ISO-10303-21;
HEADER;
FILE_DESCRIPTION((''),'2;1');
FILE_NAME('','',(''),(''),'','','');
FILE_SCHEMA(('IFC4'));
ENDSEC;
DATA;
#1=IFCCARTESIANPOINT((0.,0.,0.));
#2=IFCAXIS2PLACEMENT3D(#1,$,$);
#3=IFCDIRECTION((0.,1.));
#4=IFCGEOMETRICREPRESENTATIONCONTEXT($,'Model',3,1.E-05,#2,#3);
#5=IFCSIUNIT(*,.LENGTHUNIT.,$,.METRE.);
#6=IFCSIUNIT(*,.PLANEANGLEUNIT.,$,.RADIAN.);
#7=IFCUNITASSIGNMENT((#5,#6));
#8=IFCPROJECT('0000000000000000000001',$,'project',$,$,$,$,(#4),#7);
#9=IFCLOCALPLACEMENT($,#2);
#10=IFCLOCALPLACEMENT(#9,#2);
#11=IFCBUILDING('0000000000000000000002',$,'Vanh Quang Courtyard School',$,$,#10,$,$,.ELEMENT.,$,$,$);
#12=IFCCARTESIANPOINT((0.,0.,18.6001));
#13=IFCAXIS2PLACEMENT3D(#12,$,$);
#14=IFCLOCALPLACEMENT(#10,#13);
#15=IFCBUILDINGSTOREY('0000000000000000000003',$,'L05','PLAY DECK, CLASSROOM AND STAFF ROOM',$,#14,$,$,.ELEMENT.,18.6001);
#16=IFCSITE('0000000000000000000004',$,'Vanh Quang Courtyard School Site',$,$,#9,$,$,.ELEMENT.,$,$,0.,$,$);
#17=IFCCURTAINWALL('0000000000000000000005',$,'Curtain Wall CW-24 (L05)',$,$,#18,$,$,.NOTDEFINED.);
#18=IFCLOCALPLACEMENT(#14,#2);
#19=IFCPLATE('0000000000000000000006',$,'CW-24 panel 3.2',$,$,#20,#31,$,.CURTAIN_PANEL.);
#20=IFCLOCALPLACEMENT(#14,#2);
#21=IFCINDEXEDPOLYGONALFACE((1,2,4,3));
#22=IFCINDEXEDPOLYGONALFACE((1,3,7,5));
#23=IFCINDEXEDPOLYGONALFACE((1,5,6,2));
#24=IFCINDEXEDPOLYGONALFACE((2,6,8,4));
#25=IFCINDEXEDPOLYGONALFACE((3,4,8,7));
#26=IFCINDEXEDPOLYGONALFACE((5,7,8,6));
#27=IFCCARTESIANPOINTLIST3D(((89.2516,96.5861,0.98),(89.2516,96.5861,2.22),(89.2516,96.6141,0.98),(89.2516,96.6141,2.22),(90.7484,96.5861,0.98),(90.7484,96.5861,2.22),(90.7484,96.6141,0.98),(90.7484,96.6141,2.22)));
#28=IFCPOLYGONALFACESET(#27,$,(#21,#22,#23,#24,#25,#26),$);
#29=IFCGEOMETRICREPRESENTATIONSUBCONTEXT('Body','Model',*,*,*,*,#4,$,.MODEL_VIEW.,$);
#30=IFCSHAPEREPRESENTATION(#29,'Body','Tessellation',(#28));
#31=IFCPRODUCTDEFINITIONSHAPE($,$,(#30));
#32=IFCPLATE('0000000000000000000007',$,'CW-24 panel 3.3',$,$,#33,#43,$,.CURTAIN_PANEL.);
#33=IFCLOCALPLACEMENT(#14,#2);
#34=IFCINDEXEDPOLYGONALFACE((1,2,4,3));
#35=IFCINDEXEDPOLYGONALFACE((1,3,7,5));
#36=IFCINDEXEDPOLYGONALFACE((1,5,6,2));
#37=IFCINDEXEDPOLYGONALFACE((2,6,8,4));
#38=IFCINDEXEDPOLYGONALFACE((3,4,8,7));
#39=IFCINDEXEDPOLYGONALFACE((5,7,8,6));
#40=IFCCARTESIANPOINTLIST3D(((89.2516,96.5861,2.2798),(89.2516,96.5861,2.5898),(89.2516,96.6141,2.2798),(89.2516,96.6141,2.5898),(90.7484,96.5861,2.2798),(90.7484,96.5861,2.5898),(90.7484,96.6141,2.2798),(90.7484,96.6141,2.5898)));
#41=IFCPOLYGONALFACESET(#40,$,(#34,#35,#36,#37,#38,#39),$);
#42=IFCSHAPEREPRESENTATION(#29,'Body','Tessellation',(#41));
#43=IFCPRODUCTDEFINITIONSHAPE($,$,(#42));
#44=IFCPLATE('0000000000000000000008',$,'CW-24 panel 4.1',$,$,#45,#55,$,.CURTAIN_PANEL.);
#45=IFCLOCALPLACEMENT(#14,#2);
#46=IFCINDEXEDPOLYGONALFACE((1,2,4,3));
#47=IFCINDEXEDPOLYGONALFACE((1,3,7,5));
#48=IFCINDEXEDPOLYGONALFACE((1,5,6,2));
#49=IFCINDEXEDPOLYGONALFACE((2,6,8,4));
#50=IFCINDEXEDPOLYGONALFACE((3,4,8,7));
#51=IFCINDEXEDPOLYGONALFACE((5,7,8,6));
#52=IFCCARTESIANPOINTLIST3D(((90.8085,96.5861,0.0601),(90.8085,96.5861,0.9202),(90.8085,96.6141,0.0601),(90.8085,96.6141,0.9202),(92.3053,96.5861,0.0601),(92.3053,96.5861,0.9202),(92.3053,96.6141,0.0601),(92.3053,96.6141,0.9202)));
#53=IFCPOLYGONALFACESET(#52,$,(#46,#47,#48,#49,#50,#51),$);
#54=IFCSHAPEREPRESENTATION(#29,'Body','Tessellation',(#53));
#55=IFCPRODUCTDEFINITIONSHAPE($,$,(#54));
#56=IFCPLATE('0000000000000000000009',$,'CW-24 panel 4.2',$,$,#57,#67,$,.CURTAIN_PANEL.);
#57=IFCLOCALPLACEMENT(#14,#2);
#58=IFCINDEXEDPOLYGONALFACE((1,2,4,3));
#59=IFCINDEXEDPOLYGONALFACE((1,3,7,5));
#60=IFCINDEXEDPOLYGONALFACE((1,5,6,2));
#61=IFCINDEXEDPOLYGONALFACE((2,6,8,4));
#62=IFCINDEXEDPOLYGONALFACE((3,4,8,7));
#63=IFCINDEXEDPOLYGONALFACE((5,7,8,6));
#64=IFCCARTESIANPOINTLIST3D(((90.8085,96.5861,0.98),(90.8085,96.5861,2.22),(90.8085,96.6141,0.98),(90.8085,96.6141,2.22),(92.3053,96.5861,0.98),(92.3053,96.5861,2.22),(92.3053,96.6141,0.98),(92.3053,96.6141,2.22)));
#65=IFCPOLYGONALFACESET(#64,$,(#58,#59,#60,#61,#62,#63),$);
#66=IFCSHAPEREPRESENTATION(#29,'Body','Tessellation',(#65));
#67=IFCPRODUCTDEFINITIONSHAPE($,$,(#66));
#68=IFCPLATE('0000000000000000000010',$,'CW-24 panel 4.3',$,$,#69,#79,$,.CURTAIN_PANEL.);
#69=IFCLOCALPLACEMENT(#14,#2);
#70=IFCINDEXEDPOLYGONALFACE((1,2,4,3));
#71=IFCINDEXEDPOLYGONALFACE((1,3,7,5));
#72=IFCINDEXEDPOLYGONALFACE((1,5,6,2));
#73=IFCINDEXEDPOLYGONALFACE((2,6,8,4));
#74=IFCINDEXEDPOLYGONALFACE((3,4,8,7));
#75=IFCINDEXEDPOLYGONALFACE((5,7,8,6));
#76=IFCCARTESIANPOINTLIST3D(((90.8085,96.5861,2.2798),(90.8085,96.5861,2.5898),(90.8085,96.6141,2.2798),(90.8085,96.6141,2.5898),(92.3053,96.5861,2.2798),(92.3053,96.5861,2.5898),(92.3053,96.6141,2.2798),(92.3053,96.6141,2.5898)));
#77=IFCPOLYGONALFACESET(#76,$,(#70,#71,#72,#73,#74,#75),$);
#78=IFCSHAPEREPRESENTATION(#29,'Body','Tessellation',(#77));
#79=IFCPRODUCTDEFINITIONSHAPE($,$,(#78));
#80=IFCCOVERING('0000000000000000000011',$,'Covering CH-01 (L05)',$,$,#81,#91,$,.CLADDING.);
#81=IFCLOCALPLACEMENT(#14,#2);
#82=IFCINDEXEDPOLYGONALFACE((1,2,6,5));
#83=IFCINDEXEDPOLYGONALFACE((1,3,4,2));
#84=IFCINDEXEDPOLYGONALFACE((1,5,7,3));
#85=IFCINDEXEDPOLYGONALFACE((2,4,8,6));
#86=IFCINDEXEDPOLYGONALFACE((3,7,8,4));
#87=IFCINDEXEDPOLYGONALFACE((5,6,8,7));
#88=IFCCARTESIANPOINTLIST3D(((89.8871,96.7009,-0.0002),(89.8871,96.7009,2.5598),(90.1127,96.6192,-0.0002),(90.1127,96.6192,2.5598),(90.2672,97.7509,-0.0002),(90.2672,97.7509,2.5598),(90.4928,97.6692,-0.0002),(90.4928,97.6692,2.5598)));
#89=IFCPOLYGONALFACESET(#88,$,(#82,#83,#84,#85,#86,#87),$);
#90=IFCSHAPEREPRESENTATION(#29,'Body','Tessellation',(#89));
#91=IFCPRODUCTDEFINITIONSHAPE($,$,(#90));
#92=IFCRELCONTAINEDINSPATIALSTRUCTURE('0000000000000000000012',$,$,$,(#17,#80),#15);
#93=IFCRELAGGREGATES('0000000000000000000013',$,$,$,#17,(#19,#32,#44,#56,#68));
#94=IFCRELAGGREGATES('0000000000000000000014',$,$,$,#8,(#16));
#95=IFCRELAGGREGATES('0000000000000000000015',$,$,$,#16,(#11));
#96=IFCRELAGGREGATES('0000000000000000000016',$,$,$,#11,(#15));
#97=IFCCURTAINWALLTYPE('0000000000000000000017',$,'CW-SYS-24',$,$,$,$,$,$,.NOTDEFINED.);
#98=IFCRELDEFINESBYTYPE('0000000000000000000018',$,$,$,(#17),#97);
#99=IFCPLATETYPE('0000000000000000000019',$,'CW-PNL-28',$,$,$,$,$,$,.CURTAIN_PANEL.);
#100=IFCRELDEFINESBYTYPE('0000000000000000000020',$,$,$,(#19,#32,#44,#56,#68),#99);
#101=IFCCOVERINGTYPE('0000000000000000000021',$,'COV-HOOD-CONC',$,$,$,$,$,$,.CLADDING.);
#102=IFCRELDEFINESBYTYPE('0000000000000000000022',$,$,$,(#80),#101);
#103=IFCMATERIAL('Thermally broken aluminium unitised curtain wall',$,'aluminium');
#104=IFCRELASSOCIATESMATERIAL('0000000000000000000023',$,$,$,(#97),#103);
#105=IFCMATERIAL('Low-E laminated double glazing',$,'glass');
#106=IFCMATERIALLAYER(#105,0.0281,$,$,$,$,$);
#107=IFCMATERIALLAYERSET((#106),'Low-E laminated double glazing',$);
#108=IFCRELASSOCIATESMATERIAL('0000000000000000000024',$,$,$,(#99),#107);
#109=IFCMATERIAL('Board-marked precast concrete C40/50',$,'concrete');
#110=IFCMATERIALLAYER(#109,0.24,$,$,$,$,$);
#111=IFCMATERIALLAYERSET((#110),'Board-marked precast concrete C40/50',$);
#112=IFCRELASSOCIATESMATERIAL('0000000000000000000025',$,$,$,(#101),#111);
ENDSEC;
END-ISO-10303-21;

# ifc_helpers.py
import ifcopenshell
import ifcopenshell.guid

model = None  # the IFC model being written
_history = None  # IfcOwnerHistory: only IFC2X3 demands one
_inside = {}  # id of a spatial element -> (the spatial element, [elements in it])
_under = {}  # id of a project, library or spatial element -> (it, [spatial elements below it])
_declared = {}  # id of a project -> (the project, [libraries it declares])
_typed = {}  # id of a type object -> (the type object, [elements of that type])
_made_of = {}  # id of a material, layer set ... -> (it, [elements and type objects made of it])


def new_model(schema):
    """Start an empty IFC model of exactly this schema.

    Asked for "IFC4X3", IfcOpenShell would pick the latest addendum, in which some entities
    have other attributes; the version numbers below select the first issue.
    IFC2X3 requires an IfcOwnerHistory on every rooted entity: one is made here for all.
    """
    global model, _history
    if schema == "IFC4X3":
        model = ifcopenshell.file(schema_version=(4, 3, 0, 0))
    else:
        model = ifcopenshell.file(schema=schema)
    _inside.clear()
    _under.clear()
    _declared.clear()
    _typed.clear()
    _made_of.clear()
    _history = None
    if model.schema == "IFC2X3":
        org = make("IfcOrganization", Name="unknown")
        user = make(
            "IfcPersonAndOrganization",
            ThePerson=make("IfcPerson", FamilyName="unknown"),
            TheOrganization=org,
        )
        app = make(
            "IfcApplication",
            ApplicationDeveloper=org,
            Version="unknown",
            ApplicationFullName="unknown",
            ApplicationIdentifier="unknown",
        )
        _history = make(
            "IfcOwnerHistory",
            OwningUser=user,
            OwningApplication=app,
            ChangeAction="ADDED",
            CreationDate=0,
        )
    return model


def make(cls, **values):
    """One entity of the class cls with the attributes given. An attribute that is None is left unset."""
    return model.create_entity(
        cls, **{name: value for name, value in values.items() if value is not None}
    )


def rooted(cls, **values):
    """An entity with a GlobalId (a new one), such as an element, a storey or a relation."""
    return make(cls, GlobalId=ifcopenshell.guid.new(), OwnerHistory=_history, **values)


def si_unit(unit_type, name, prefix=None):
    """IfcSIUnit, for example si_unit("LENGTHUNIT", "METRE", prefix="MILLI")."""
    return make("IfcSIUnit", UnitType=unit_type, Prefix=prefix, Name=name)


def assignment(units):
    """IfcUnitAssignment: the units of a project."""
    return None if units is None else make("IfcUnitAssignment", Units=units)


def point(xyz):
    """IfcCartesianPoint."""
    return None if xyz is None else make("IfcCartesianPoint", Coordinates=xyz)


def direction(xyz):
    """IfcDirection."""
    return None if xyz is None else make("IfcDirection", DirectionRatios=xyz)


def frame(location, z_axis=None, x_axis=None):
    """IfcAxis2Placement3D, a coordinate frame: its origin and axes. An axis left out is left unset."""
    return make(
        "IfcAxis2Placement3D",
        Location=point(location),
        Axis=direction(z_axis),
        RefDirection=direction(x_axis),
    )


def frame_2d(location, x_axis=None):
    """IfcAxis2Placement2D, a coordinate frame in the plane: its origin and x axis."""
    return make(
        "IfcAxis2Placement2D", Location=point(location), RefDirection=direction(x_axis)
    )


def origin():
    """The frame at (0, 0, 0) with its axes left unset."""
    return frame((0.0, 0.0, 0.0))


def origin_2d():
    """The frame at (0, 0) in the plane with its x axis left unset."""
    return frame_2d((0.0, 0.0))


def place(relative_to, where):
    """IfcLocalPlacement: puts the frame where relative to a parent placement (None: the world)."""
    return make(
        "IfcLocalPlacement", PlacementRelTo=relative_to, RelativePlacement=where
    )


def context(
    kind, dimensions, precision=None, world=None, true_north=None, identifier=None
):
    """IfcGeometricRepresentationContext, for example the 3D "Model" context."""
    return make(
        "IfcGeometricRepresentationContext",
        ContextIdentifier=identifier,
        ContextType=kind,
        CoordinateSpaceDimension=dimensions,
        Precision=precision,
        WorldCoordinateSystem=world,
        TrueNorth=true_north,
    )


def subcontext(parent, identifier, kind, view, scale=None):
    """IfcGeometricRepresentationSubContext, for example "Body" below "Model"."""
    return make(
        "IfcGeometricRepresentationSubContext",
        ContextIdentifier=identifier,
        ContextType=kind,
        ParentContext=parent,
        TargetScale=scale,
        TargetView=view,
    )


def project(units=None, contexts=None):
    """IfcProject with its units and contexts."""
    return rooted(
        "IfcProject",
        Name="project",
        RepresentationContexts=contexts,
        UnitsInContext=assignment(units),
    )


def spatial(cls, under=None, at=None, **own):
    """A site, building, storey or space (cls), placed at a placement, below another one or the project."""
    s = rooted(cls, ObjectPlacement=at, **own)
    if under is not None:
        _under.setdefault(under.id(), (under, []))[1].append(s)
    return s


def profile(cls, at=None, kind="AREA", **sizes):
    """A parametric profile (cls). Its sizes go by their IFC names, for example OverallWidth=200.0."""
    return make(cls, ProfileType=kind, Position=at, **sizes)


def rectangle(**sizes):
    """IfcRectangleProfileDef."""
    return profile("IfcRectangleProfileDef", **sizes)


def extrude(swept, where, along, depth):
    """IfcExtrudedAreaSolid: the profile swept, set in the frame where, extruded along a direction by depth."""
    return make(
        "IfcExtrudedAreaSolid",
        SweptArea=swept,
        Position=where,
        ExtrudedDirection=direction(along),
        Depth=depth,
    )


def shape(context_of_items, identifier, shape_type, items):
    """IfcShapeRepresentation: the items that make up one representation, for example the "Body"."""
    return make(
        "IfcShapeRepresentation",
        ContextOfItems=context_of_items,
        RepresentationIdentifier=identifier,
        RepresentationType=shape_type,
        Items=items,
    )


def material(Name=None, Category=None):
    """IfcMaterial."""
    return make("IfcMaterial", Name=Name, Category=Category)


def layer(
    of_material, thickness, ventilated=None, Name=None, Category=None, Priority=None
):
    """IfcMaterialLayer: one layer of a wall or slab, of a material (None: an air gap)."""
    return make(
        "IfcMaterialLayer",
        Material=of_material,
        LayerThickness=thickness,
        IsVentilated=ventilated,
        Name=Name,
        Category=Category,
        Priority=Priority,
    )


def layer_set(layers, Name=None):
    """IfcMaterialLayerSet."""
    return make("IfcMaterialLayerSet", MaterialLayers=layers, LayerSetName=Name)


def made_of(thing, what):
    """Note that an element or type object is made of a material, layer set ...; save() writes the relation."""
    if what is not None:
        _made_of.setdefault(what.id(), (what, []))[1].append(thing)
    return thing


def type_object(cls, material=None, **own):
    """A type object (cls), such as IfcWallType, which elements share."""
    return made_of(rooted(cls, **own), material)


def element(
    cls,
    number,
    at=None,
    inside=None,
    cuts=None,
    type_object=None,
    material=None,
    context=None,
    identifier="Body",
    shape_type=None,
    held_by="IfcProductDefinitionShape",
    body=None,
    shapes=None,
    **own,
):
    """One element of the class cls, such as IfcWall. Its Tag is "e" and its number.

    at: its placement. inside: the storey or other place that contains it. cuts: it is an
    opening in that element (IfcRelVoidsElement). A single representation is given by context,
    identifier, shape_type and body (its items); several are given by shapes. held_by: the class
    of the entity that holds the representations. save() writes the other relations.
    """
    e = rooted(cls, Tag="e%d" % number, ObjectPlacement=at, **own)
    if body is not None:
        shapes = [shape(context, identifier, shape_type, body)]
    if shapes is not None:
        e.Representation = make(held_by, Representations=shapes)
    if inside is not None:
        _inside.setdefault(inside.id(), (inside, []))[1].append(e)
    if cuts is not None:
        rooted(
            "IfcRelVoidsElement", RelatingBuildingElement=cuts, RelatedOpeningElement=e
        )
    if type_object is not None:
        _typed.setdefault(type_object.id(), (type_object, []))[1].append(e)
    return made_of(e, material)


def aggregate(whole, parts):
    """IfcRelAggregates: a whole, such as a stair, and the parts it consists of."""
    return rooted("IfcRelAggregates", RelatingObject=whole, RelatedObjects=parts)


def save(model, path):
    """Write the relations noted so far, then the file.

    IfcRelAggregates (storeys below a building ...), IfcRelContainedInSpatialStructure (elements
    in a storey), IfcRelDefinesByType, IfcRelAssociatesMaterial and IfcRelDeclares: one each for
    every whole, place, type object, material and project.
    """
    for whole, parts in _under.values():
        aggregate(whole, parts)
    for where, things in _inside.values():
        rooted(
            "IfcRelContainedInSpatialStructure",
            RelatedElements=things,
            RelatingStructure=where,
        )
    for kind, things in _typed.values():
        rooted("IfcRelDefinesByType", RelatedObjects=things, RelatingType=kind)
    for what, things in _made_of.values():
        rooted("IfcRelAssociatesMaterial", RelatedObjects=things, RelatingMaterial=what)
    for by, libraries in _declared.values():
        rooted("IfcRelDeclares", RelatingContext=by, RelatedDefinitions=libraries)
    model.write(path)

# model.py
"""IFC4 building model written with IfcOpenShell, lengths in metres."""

from ifc_helpers import new_model, si_unit, direction, frame, origin, origin_2d, place, context, subcontext, project, spatial, rectangle, extrude, material, layer, layer_set, type_object, element, aggregate, save


model = new_model("IFC4")

# Units and contexts
model_context = context("Model", 3, precision=1e-05, world=origin(), true_north=direction((0.0, 1.0)))
body_context = subcontext(model_context, "Body", "Model", "MODEL_VIEW")
ifc_project = project(units=[si_unit("LENGTHUNIT", "METRE"), si_unit("PLANEANGLEUNIT", "RADIAN")], contexts=[model_context])

# Site, building, storey
site_placement = place(None, origin())
site = spatial("IfcSite", under=ifc_project, at=site_placement, Name="Vanh Quang Courtyard School Site", CompositionType="ELEMENT", RefElevation=0.0)
building_placement = place(site_placement, origin())
building = spatial("IfcBuilding", under=site, at=building_placement, Name="Vanh Quang Courtyard School", CompositionType="ELEMENT")
storey_placement = place(building_placement, frame((0.0, 0.0, 18.6001)))
storey = spatial("IfcBuildingStorey", under=building, at=storey_placement, Name="L05", Description="PLAY DECK, CLASSROOM AND STAFF ROOM", CompositionType="ELEMENT", Elevation=18.6001)

# Curtain wall, plates
ifc_material_1 = material(Name="Thermally broken aluminium unitised curtain wall", Category="aluminium")
curtain_wall_type = type_object("IfcCurtainWallType", Name="CW-SYS-24", PredefinedType="NOTDEFINED", material=ifc_material_1)
curtain_wall_placement = place(storey_placement, origin())
curtain_wall = element("IfcCurtainWall", 1, at=curtain_wall_placement, inside=storey, type_object=curtain_wall_type, Name="Curtain Wall CW-24 (L05)", PredefinedType="NOTDEFINED")
ifc_material_2 = material(Name="Low-E laminated double glazing", Category="glass")
ifc_layer_1 = layer(ifc_material_2, 0.0281)
ifc_layer_set_1 = layer_set([ifc_layer_1], Name="Low-E laminated double glazing")
plate_type = type_object("IfcPlateType", Name="CW-PNL-28", PredefinedType="CURTAIN_PANEL", material=ifc_layer_set_1)
plate_1_placement = place(storey_placement, frame((90.0, 96.6001, 0.98), z_axis=(0.0, 0.0, 1.0), x_axis=(1.0, 0.0, 0.0)))
plate_1 = element("IfcPlate", 2, at=plate_1_placement, type_object=plate_type, Name="CW-24 panel 3.2", PredefinedType="CURTAIN_PANEL", context=body_context, shape_type="SweptSolid", body=[
    extrude(rectangle(XDim=1.4968, YDim=0.0281, at=origin_2d()), origin(), (0.0, 0.0, 1.0), 1.24),
])
plate_2_placement = place(storey_placement, frame((90.0, 96.6001, 2.2798), z_axis=(0.0, 0.0, 1.0), x_axis=(1.0, 0.0, 0.0)))
plate_2 = element("IfcPlate", 3, at=plate_2_placement, type_object=plate_type, Name="CW-24 panel 3.3", PredefinedType="CURTAIN_PANEL", context=body_context, shape_type="SweptSolid", body=[
    extrude(rectangle(XDim=1.4968, YDim=0.0281, at=origin_2d()), origin(), (0.0, 0.0, 1.0), 0.3101),
])
plate_3_placement = place(storey_placement, frame((91.5569, 96.6001, 0.0601), z_axis=(0.0, 0.0, 1.0), x_axis=(1.0, 0.0, 0.0)))
plate_3 = element("IfcPlate", 4, at=plate_3_placement, type_object=plate_type, Name="CW-24 panel 4.1", PredefinedType="CURTAIN_PANEL", context=body_context, shape_type="SweptSolid", body=[
    extrude(rectangle(XDim=1.4968, YDim=0.0281, at=origin_2d()), origin(), (0.0, 0.0, 1.0), 0.8601),
])
plate_4_placement = place(storey_placement, frame((91.5569, 96.6001, 0.98), z_axis=(0.0, 0.0, 1.0), x_axis=(1.0, 0.0, 0.0)))
plate_4 = element("IfcPlate", 5, at=plate_4_placement, type_object=plate_type, Name="CW-24 panel 4.2", PredefinedType="CURTAIN_PANEL", context=body_context, shape_type="SweptSolid", body=[
    extrude(rectangle(XDim=1.4968, YDim=0.0281, at=origin_2d()), origin(), (0.0, 0.0, 1.0), 1.24),
])
plate_5_placement = place(storey_placement, frame((91.5569, 96.6001, 2.2798), z_axis=(0.0, 0.0, 1.0), x_axis=(1.0, 0.0, 0.0)))
plate_5 = element("IfcPlate", 6, at=plate_5_placement, type_object=plate_type, Name="CW-24 panel 4.3", PredefinedType="CURTAIN_PANEL", context=body_context, shape_type="SweptSolid", body=[
    extrude(rectangle(XDim=1.4968, YDim=0.0281, at=origin_2d()), origin(), (0.0, 0.0, 1.0), 0.3101),
])
aggregate(curtain_wall, [plate_1, plate_2, plate_3, plate_4, plate_5])

# Covering
ifc_material_3 = material(Name="Board-marked precast concrete C40/50", Category="concrete")
ifc_layer_2 = layer(ifc_material_3, 0.24)
ifc_layer_set_2 = layer_set([ifc_layer_2], Name="Board-marked precast concrete C40/50")
covering_type = type_object("IfcCoveringType", Name="COV-HOOD-CONC", PredefinedType="CLADDING", material=ifc_layer_set_2)
covering_placement = place(storey_placement, frame((90.1899, 97.1851, -0.0002), z_axis=(0.0, 0.0, 1.0), x_axis=(0.34038, 0.940288, 0.0)))
element("IfcCovering", 7, at=covering_placement, inside=storey, type_object=covering_type, Name="Covering CH-01 (L05)", PredefinedType="CLADDING", context=body_context, shape_type="SweptSolid", body=[
    extrude(rectangle(XDim=1.1167, YDim=0.24, at=origin_2d()), origin(), (0.0, 0.0, 1.0), 2.5601),
])

save(model, "model.ifc")
